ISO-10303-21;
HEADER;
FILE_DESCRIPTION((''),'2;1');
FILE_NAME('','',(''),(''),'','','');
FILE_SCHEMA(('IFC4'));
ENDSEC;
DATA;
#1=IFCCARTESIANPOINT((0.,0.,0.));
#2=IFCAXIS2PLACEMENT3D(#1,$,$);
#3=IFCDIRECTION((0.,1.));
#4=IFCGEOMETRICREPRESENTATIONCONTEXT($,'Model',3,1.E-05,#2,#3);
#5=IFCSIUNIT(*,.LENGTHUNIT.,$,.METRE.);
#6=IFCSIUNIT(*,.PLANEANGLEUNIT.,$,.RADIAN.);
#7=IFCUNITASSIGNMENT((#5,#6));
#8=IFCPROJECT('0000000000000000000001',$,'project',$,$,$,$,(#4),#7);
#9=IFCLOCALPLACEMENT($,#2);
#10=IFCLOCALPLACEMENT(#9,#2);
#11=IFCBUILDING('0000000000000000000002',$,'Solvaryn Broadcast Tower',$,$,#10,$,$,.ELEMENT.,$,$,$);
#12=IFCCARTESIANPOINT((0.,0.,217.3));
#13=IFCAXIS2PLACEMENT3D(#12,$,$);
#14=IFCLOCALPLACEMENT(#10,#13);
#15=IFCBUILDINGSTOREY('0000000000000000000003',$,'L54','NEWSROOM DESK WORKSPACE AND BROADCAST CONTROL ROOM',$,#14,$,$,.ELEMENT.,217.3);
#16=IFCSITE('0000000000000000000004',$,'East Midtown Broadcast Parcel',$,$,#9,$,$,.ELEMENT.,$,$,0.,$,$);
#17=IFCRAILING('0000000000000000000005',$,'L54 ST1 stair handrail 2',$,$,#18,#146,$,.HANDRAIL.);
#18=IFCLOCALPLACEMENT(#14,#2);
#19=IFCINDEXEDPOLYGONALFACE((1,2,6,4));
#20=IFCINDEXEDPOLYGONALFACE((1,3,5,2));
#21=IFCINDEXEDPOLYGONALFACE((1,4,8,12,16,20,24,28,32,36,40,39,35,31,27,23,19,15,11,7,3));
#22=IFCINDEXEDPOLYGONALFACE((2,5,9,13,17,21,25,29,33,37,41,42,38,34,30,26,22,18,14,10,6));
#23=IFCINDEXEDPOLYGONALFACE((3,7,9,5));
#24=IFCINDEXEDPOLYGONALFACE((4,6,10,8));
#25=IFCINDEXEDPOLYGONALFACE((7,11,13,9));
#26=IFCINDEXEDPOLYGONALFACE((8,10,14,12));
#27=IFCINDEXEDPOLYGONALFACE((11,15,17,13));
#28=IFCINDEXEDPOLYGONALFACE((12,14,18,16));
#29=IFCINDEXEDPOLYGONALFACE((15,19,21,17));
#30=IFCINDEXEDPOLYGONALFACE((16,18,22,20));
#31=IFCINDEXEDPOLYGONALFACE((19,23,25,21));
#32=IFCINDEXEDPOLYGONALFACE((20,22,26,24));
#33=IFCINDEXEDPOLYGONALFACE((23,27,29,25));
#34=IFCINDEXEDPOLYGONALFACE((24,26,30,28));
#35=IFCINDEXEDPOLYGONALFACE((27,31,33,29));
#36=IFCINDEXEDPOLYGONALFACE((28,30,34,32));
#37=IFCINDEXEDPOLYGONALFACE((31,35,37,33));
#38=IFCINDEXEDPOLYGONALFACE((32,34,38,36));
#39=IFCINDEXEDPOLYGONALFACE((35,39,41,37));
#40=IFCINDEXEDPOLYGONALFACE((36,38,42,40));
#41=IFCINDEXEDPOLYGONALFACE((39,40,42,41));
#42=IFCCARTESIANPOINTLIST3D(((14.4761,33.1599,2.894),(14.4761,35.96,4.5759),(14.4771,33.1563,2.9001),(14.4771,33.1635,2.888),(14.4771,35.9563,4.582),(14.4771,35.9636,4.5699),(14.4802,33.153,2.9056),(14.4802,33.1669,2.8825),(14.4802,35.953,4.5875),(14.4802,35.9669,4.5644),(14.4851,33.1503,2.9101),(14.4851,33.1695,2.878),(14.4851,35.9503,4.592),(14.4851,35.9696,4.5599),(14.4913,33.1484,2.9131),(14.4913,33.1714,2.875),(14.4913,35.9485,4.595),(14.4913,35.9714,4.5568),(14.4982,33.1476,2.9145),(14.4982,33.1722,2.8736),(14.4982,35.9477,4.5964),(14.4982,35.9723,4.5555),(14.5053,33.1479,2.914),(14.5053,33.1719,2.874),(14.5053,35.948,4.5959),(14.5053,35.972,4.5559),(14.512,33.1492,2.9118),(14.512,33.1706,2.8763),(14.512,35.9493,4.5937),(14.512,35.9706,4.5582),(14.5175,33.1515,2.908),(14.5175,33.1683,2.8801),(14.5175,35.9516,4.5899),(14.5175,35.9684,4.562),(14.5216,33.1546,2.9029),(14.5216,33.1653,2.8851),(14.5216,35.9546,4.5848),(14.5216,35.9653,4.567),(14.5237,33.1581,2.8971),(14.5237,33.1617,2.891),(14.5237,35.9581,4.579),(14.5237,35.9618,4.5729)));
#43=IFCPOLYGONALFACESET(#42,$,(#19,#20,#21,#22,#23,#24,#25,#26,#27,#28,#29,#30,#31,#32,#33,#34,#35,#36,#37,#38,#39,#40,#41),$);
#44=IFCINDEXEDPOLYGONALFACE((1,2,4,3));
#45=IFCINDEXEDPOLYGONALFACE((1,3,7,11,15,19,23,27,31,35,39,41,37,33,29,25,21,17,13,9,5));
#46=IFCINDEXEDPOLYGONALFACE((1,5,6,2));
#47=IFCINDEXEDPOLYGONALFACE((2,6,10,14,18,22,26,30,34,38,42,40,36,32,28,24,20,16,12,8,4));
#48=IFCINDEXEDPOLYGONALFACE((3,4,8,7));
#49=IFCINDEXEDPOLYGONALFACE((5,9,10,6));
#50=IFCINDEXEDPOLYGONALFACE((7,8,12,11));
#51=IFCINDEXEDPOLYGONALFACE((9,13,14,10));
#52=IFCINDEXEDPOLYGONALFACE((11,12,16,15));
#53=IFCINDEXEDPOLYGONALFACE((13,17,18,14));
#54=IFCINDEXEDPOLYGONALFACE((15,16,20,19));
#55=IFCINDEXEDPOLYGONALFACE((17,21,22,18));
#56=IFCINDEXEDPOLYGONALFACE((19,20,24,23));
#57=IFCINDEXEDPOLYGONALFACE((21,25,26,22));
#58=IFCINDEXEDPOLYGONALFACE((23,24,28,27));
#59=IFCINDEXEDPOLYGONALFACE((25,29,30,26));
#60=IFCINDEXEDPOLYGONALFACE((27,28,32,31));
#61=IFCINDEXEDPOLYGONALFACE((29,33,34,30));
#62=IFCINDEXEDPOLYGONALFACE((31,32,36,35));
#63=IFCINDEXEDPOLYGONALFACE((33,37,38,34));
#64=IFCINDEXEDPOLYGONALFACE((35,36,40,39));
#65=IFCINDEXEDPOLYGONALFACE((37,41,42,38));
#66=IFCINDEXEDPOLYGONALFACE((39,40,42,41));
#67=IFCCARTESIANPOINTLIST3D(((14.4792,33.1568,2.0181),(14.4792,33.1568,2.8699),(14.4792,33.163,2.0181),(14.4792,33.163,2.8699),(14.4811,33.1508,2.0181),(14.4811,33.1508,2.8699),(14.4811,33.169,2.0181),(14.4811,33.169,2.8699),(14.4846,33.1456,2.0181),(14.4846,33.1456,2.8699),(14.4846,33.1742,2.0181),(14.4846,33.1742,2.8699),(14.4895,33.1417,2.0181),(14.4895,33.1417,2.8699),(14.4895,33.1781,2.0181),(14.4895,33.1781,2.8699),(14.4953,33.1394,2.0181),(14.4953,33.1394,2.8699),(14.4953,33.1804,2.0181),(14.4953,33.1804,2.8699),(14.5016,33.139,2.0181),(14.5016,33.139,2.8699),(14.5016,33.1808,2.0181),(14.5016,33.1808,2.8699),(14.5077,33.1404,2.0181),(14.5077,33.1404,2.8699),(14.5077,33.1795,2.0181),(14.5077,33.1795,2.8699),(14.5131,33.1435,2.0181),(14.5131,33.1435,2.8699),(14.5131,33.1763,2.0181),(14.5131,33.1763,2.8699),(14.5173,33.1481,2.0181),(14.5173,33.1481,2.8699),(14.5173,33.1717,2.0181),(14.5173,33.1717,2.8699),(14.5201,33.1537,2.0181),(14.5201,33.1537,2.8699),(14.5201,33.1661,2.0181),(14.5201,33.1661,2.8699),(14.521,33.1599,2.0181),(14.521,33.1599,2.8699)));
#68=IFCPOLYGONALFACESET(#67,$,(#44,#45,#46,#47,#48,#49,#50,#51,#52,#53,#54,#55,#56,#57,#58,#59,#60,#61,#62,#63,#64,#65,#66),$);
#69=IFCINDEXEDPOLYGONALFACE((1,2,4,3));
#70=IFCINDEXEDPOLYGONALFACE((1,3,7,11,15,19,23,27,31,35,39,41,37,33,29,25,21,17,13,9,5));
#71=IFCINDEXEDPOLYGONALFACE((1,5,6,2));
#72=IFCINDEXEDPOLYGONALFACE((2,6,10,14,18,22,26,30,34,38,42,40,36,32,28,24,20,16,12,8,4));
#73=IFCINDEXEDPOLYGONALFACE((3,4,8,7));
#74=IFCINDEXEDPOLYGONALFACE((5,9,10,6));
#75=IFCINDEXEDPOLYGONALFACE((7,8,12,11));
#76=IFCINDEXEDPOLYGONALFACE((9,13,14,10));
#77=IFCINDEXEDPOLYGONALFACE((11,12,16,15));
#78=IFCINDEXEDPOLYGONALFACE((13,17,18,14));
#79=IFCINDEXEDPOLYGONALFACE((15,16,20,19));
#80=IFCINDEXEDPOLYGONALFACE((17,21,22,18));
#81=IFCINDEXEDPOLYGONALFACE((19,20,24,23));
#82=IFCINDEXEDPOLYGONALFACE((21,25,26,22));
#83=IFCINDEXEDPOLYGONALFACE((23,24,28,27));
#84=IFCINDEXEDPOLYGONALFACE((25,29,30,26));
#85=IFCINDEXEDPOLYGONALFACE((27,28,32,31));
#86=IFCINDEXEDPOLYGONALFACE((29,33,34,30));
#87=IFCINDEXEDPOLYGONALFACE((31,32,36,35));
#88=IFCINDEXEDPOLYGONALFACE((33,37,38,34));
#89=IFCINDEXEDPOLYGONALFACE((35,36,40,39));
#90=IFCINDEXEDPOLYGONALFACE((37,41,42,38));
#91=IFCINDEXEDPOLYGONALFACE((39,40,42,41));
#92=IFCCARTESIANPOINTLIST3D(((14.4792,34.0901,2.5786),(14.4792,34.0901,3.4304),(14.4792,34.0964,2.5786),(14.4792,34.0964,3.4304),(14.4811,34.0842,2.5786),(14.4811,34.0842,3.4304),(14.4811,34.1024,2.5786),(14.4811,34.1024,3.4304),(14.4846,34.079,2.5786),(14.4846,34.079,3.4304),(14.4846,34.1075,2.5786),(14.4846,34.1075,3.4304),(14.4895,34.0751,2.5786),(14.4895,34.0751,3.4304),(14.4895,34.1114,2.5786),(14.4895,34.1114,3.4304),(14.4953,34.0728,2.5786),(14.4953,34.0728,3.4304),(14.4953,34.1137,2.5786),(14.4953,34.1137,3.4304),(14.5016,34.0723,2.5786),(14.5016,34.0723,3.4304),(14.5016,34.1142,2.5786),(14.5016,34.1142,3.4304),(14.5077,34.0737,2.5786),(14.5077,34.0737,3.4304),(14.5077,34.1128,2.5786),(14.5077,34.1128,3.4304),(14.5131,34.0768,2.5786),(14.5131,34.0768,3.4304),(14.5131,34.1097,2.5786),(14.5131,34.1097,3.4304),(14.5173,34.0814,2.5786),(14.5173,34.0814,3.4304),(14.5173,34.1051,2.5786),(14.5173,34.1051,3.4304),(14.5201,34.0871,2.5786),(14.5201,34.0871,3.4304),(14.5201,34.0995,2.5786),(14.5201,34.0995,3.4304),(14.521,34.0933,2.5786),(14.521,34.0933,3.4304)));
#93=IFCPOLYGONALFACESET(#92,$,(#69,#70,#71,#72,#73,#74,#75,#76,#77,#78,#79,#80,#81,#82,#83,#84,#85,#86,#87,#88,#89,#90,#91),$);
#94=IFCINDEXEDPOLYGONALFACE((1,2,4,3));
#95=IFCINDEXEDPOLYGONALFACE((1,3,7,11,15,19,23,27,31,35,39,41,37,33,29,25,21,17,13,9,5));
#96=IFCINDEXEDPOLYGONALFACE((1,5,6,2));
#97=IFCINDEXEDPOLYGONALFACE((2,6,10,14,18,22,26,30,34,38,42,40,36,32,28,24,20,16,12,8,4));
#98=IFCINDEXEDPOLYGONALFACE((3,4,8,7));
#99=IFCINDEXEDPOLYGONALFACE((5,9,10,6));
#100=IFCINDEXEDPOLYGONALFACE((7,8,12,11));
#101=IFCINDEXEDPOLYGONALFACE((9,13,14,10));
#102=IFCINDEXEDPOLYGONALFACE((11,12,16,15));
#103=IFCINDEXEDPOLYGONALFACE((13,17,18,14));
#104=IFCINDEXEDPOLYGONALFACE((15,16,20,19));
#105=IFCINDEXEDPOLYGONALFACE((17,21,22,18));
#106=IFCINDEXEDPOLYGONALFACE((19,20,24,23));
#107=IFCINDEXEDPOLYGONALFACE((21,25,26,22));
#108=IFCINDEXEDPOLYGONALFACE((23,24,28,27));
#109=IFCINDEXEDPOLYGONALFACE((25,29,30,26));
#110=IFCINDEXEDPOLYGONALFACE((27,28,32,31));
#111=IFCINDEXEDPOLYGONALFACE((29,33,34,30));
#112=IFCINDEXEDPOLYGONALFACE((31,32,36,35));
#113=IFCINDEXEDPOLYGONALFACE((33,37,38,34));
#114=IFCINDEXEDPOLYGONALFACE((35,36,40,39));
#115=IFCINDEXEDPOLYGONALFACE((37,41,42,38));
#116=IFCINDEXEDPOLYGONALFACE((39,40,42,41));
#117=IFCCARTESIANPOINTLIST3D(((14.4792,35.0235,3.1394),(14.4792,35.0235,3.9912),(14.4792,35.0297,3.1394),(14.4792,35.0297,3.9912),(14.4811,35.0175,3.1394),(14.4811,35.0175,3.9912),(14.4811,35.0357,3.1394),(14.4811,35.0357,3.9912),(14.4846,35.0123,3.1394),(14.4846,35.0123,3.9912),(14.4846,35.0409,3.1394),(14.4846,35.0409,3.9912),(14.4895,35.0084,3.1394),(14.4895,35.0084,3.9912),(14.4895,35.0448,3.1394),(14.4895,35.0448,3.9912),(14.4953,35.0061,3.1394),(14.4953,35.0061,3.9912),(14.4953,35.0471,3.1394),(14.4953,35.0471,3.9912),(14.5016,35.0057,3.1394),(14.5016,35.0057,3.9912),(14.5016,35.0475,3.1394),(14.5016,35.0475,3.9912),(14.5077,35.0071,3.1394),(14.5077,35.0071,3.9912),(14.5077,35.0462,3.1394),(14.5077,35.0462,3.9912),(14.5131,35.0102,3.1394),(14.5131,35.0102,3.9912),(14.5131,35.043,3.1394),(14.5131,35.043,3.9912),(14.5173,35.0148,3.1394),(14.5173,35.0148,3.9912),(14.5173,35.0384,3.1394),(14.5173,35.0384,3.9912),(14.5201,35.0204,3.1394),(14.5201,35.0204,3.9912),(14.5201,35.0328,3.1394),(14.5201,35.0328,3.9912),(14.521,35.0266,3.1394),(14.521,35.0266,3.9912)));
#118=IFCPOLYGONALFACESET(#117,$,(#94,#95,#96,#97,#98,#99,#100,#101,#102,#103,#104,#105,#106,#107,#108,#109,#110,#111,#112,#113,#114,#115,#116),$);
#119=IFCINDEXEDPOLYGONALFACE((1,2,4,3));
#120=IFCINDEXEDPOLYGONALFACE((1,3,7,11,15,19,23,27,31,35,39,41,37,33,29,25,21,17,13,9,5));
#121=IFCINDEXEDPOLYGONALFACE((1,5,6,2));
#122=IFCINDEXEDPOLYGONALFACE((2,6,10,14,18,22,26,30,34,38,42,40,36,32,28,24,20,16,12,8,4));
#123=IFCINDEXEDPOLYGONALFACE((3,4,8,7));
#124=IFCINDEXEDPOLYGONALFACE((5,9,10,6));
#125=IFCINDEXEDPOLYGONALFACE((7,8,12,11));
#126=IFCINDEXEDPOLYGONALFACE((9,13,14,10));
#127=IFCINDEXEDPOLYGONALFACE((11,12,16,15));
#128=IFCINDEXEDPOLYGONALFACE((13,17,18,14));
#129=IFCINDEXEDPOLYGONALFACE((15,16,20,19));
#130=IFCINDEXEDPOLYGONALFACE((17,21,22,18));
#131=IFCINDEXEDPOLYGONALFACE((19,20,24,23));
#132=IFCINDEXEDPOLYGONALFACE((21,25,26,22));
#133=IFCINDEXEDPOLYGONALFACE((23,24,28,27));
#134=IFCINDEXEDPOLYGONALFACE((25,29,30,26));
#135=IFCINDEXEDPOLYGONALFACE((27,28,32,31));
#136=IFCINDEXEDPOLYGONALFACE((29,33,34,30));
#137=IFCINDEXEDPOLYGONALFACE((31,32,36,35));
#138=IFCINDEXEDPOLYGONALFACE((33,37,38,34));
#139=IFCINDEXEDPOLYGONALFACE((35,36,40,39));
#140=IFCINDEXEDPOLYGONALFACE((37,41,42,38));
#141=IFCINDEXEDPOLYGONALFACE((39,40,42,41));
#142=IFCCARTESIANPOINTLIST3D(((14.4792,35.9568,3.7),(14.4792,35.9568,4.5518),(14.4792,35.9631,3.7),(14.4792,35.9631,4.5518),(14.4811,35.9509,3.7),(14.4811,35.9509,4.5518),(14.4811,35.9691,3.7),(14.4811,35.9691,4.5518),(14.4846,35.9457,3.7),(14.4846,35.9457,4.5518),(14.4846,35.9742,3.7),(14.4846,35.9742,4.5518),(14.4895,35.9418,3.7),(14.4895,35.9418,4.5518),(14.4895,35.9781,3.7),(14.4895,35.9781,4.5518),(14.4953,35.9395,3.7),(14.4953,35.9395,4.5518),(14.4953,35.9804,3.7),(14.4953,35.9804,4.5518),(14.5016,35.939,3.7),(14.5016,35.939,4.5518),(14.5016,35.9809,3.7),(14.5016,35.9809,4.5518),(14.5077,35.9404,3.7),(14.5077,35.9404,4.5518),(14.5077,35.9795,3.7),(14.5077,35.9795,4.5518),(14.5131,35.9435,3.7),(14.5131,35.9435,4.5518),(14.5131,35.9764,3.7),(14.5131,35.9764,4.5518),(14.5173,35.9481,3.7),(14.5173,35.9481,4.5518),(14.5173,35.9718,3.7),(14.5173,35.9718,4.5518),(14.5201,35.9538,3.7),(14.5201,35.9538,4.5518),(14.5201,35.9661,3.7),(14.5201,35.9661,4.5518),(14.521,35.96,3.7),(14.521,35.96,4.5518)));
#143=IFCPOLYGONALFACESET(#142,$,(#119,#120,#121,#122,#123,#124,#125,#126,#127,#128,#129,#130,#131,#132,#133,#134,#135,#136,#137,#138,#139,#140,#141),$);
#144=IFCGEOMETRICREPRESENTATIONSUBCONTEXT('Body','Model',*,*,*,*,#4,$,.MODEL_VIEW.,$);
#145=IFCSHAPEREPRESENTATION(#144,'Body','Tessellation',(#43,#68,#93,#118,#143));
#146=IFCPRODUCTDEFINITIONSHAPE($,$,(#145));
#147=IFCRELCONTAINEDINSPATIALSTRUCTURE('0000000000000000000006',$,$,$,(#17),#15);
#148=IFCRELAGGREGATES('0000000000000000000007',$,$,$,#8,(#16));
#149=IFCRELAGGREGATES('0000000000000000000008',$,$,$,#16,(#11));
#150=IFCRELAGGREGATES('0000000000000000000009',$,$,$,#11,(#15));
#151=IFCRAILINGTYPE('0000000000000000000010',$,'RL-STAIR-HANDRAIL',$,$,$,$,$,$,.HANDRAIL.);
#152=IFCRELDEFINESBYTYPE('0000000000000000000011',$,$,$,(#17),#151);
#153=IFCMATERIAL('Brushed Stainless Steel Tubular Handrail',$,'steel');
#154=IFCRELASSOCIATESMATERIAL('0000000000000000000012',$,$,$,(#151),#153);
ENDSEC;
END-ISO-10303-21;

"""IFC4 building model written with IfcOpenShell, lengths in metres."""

from ifc_helpers import new_model, si_unit, direction, frame, origin, origin_2d, place, context, subcontext, project, spatial, circle, extrude, material, type_object, element, save


model = new_model("IFC4")

# Units and contexts
model_context = context("Model", 3, precision=1e-05, world=origin(), true_north=direction((0.0, 1.0)))
body_context = subcontext(model_context, "Body", "Model", "MODEL_VIEW")
ifc_project = project(units=[si_unit("LENGTHUNIT", "METRE"), si_unit("PLANEANGLEUNIT", "RADIAN")], contexts=[model_context])

# Site, building, storey
site_placement = place(None, origin())
site = spatial("IfcSite", under=ifc_project, at=site_placement, Name="East Midtown Broadcast Parcel", CompositionType="ELEMENT", RefElevation=0.0)
building_placement = place(site_placement, origin())
building = spatial("IfcBuilding", under=site, at=building_placement, Name="Solvaryn Broadcast Tower", CompositionType="ELEMENT")
storey_placement = place(building_placement, frame((0.0, 0.0, 217.3)))
storey = spatial("IfcBuildingStorey", under=building, at=storey_placement, Name="L54", Description="NEWSROOM DESK WORKSPACE AND BROADCAST CONTROL ROOM", CompositionType="ELEMENT", Elevation=217.3)

# Railing
ifc_material_1 = material(Name="Brushed Stainless Steel Tubular Handrail", Category="steel")
railing_type_1 = type_object("IfcRailingType", Name="RL-STAIR-HANDRAIL", PredefinedType="HANDRAIL", material=ifc_material_1)
railing_1_placement = place(storey_placement, frame((14.5, 33.1599, 2.0181)))
element("IfcRailing", 1, at=railing_1_placement, inside=storey, type_object=railing_type_1, Name="L54 ST1 stair handrail 2", PredefinedType="HANDRAIL", context=body_context, shape_type="SweptSolid", body=[
    extrude(circle(Radius=0.0239, at=origin_2d()), frame((0.0, 0.0, 0.876), z_axis=(0.0, 0.857242, 0.514913), x_axis=(-1.0, 0.0, 0.0)), (0.0, 0.0, 1.0), 3.2664),
    extrude(circle(Radius=0.021, at=origin_2d()), origin(), (0.0, 0.0, 1.0), 0.8518),
    extrude(circle(Radius=0.021, at=origin_2d()), frame((0.0, 0.9333, 0.5605)), (0.0, 0.0, 1.0), 0.8518),
    extrude(circle(Radius=0.021, at=origin_2d()), frame((0.0, 1.8667, 1.1213)), (0.0, 0.0, 1.0), 0.8518),
    extrude(circle(Radius=0.021, at=origin_2d()), frame((0.0, 2.8, 1.6819)), (0.0, 0.0, 1.0), 0.8518),
])

save(model, "model.ifc")
